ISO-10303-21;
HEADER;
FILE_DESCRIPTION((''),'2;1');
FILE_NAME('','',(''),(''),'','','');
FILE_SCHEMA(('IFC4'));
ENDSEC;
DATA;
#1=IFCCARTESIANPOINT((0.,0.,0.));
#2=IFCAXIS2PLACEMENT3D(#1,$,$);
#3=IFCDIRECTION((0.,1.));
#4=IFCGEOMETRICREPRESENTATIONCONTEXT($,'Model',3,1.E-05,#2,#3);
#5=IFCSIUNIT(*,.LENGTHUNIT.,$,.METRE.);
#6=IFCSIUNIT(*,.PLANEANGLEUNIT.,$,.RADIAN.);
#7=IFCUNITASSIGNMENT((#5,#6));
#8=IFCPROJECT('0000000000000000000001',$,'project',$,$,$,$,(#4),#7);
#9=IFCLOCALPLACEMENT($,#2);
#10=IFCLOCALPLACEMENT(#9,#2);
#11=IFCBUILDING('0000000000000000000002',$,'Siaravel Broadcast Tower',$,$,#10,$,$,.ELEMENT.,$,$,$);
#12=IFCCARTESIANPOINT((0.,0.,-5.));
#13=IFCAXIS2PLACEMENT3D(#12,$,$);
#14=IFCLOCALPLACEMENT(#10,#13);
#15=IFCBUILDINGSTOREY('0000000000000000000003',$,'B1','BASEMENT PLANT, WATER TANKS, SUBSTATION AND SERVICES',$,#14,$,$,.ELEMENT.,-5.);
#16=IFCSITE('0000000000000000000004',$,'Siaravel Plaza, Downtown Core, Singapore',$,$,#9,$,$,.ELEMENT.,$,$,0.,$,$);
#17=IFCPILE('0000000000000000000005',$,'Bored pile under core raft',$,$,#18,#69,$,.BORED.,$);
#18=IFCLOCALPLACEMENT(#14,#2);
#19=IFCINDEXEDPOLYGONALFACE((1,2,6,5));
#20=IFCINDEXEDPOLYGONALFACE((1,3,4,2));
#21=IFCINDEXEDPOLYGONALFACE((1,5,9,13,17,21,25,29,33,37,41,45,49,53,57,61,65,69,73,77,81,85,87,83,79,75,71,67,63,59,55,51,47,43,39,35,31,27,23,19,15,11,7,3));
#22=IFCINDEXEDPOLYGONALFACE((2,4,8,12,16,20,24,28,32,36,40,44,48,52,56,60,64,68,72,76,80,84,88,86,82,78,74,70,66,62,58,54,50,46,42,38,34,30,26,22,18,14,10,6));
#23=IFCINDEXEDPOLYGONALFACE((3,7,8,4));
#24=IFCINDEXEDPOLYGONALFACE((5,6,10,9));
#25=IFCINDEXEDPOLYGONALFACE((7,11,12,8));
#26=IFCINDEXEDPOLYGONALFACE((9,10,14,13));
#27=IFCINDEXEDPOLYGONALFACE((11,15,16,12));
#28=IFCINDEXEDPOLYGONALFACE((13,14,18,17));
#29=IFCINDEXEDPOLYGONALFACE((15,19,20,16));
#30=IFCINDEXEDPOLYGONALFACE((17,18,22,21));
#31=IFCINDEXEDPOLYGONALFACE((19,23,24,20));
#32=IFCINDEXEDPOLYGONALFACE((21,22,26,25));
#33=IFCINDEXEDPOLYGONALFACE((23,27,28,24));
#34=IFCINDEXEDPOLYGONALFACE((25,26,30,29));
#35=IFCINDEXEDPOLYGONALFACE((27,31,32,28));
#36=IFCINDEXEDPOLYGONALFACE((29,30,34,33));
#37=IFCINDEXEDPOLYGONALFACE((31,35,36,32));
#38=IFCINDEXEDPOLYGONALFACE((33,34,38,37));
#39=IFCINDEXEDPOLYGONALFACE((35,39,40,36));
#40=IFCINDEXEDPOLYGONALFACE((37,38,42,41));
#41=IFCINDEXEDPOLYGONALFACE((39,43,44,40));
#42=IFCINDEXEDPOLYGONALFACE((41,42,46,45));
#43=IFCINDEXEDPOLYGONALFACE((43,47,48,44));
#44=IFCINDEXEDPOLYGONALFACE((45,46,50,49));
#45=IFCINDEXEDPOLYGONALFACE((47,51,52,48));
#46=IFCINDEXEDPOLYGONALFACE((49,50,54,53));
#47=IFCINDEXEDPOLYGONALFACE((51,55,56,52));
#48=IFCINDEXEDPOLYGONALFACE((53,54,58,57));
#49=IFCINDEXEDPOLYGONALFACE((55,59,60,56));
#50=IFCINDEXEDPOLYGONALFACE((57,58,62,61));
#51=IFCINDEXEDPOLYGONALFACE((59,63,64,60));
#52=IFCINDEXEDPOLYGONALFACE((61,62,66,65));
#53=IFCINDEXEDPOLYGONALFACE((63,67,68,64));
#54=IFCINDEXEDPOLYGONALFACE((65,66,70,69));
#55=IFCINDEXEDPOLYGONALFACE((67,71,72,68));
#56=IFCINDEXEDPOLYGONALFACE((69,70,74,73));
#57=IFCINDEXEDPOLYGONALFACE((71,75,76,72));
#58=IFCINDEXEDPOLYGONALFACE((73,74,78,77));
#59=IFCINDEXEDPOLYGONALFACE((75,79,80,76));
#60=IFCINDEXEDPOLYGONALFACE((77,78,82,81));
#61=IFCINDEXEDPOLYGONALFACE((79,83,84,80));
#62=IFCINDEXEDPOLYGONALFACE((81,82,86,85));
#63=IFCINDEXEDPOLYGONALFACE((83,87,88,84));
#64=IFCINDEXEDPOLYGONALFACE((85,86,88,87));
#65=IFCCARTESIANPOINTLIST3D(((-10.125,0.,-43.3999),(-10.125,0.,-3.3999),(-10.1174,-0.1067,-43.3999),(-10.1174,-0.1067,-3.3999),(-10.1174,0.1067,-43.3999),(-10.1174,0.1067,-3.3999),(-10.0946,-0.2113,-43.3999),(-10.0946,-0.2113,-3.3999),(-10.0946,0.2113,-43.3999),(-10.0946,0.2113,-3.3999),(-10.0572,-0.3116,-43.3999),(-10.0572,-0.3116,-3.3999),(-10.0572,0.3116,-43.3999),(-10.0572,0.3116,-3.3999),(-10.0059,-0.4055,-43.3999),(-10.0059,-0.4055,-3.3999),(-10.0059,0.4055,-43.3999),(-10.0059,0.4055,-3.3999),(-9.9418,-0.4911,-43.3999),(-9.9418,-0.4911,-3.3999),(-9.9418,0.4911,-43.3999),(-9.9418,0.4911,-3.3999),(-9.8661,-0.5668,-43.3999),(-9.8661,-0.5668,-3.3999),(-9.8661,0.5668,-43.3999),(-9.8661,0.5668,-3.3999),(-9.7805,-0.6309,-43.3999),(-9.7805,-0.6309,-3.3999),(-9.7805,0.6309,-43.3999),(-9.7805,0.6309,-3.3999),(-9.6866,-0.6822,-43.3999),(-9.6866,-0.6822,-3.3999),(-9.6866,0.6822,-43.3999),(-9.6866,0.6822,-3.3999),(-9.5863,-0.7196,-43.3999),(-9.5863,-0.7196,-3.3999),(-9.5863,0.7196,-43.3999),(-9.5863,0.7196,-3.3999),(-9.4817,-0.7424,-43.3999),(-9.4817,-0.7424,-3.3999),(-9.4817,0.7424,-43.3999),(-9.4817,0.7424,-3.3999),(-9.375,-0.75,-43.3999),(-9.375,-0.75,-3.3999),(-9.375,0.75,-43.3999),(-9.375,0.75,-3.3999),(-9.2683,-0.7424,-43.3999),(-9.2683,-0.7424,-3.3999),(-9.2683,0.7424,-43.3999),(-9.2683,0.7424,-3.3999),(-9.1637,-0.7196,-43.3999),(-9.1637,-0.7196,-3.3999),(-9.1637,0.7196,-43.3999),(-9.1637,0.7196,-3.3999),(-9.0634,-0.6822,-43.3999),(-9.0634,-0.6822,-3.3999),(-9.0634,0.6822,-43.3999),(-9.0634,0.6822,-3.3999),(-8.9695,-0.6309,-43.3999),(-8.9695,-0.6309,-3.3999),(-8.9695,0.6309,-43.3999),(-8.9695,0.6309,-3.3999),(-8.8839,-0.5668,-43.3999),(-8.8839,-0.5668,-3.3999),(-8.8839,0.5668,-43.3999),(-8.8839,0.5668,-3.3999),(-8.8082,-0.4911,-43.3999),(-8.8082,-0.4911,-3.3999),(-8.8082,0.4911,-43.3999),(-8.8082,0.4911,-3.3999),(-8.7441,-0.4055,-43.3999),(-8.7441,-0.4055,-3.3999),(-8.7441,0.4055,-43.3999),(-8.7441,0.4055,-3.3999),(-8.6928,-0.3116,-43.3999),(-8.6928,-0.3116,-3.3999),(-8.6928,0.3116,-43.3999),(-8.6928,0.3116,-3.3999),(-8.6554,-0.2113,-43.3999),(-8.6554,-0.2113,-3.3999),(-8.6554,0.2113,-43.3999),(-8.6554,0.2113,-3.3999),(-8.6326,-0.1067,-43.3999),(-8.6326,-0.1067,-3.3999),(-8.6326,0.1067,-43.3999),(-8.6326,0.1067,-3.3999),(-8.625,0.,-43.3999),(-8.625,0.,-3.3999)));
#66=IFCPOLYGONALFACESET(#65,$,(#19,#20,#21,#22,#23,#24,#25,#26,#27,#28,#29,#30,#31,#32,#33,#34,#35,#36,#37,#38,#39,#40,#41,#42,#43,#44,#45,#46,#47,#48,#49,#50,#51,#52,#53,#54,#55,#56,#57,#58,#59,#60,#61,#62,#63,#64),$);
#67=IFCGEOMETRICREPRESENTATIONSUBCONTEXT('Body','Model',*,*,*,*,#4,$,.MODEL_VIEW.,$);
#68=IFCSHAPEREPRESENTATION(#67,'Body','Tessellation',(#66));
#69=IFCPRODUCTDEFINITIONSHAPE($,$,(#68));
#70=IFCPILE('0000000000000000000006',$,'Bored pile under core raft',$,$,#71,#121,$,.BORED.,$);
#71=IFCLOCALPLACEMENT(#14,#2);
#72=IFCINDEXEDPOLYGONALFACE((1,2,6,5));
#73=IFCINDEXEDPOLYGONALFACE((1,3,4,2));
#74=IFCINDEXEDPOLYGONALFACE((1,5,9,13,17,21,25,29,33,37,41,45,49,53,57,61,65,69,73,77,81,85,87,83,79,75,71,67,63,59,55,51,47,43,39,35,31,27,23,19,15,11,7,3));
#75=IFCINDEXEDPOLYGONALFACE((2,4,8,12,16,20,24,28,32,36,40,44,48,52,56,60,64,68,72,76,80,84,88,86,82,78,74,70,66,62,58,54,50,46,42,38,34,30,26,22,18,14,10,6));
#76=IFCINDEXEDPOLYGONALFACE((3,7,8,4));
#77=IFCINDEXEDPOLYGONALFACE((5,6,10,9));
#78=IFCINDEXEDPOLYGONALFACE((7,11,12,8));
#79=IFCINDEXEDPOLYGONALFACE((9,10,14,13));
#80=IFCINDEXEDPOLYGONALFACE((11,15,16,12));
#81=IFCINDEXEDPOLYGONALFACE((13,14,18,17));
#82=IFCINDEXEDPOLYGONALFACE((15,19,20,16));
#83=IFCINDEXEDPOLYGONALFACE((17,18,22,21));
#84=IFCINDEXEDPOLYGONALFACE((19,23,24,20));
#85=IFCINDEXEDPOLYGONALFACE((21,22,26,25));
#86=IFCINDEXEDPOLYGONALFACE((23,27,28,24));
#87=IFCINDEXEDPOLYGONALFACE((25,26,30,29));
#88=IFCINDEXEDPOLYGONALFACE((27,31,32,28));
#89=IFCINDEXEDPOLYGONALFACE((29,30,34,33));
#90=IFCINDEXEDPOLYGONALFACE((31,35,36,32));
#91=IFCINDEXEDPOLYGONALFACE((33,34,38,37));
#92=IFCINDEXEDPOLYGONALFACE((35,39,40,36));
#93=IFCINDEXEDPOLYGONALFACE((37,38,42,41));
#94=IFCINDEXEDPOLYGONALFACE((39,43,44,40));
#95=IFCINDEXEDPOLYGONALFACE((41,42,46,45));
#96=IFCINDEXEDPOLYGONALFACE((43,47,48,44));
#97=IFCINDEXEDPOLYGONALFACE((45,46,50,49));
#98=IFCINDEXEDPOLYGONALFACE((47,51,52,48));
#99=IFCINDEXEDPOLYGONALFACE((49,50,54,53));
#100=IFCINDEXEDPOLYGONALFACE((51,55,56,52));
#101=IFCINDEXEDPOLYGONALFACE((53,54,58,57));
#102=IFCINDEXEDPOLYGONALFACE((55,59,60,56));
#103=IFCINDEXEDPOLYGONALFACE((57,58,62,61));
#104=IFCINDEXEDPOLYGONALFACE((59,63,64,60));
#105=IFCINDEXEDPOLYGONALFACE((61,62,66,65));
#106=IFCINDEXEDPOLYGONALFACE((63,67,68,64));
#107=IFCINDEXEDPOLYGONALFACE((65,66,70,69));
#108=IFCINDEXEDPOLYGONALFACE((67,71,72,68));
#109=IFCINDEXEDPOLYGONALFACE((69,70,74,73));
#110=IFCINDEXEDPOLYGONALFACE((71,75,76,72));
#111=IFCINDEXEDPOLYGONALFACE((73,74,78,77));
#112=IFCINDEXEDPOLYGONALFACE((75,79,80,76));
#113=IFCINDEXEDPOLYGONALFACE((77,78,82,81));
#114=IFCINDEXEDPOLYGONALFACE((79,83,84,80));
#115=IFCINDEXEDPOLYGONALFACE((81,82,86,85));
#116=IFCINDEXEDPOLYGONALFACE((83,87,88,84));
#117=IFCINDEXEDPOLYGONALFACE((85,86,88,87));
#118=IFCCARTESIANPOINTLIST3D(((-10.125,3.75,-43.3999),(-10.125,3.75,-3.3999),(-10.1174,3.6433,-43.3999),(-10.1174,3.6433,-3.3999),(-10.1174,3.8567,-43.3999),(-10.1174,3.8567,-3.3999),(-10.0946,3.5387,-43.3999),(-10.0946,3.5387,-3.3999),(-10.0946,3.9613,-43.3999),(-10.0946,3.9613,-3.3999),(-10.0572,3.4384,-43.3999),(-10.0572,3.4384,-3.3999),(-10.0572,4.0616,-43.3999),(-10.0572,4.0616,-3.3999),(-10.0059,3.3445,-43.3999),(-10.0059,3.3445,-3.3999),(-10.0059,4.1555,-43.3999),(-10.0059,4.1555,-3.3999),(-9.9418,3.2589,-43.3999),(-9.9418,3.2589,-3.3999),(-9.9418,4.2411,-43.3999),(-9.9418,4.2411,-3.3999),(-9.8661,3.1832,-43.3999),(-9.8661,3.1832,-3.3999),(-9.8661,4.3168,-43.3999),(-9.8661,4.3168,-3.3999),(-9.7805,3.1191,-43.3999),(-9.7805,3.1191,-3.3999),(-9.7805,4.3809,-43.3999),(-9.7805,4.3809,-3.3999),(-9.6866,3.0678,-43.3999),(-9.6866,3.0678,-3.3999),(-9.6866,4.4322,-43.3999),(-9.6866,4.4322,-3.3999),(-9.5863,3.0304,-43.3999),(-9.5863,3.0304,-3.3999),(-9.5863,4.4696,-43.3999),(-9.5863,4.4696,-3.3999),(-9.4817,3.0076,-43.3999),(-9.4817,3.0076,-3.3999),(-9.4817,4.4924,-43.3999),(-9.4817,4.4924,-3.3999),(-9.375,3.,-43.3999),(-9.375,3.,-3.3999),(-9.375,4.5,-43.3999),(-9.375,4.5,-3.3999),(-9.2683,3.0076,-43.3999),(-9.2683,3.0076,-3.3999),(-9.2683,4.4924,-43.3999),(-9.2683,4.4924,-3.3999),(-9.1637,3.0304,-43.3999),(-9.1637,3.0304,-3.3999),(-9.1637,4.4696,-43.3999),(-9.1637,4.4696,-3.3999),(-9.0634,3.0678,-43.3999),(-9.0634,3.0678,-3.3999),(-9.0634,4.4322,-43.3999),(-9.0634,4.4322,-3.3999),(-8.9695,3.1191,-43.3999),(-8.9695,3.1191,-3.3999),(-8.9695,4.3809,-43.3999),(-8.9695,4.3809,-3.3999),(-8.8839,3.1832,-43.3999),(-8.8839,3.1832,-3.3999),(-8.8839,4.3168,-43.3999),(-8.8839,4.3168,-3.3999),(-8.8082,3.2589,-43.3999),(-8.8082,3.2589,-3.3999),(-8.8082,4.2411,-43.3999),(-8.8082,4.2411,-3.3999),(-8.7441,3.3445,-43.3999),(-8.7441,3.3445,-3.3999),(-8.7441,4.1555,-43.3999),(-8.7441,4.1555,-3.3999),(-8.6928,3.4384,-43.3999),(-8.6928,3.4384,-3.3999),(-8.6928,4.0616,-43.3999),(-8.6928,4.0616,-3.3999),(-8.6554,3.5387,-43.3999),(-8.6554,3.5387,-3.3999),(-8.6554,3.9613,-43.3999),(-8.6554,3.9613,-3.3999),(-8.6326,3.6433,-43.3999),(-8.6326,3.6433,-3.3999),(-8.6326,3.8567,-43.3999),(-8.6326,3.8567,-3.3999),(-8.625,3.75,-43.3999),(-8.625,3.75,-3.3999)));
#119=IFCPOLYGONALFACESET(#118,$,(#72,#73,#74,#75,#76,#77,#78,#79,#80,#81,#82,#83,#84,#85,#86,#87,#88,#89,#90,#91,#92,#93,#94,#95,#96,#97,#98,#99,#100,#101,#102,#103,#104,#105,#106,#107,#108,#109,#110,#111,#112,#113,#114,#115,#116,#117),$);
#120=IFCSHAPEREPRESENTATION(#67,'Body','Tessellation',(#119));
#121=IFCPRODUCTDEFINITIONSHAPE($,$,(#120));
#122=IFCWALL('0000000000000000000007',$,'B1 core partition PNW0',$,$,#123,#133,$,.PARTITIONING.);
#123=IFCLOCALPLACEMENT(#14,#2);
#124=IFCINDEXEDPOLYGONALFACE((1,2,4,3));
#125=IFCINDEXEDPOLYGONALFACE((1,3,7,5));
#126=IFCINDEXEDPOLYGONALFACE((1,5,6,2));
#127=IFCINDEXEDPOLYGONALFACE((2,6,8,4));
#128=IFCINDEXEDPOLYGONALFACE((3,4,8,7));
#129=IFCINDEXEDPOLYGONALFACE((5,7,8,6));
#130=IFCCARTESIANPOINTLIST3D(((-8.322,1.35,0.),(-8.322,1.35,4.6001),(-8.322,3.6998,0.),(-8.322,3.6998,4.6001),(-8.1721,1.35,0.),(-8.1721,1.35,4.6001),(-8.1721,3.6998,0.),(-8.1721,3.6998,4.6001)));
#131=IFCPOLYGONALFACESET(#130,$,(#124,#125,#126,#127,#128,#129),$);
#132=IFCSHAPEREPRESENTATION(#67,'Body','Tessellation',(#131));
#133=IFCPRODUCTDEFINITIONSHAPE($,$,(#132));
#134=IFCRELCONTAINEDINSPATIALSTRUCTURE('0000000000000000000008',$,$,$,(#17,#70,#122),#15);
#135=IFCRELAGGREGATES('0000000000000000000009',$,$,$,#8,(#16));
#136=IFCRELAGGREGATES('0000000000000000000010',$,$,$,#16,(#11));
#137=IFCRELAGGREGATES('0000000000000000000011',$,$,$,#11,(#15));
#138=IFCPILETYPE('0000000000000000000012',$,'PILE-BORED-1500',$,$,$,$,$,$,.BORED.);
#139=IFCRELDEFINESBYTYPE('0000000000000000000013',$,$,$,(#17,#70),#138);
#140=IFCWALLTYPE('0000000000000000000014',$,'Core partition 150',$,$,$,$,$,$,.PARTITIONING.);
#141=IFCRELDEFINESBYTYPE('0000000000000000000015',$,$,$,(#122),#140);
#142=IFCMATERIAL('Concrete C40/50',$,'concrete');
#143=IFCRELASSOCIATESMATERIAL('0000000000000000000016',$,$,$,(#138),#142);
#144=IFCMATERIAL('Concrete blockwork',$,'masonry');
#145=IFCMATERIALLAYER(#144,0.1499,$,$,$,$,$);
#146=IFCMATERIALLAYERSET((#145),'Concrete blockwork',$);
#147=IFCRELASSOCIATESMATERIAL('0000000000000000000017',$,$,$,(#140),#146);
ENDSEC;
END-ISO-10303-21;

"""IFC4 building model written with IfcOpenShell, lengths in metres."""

from ifc_helpers import new_model, si_unit, direction, frame, frame_2d, origin, origin_2d, place, context, subcontext, project, spatial, rectangle, circle, extrude, material, layer, layer_set, material_profile, profile_set, type_object, element, save


model = new_model("IFC4")

# Units and contexts
model_context = context("Model", 3, precision=1e-05, world=origin(), true_north=direction((0.0, 1.0)))
body_context = subcontext(model_context, "Body", "Model", "MODEL_VIEW")
ifc_project = project(units=[si_unit("LENGTHUNIT", "METRE"), si_unit("PLANEANGLEUNIT", "RADIAN")], contexts=[model_context])

# Site, building, storey
site_placement = place(None, origin())
site = spatial("IfcSite", under=ifc_project, at=site_placement, Name="Siaravel Plaza, Downtown Core, Singapore", CompositionType="ELEMENT", RefElevation=0.0)
building_placement = place(site_placement, origin())
building = spatial("IfcBuilding", under=site, at=building_placement, Name="Siaravel Broadcast Tower", CompositionType="ELEMENT")
storey_placement = place(building_placement, frame((0.0, 0.0, -5.0)))
storey = spatial("IfcBuildingStorey", under=building, at=storey_placement, Name="B1", Description="BASEMENT PLANT, WATER TANKS, SUBSTATION AND SERVICES", CompositionType="ELEMENT", Elevation=-5.0)

# Piles
ifc_material_1 = material(Name="Concrete C40/50", Category="concrete")
ifc_material_profile = material_profile(ifc_material_1, circle(Radius=0.75, at=origin_2d()))
ifc_profile_set = profile_set([ifc_material_profile], Name="Concrete C40/50")
pile_type = type_object("IfcPileType", Name="PILE-BORED-1500", PredefinedType="BORED", material=ifc_profile_set)
for number, where, z_axis, x_axis, name in (
    (1, (-9.375, 0.0, -3.3999), (0.0, 0.0, -1.0), (1.0, 0.0, 0.0), "Bored pile under core raft"),
    (2, (-9.375, 3.75, -3.3999), (0.0, 0.0, -1.0), (1.0, 0.0, 0.0), "Bored pile under core raft"),
):
    element("IfcPile", number, at=place(storey_placement, frame(where, z_axis=z_axis, x_axis=x_axis)), inside=storey, type_object=pile_type, Name=name, PredefinedType="BORED", context=body_context, shape_type="SweptSolid", body=[
        extrude(circle(Radius=0.75, at=origin_2d()), origin(), (0.0, 0.0, 1.0), 40.0),
    ])

# Wall
ifc_material_2 = material(Name="Concrete blockwork", Category="masonry")
ifc_layer_1 = layer(ifc_material_2, 0.1499)
ifc_layer_set_1 = layer_set([ifc_layer_1], Name="Concrete blockwork")
wall_type_1 = type_object("IfcWallType", Name="Core partition 150", PredefinedType="PARTITIONING", material=ifc_layer_set_1)
wall_1_placement = place(storey_placement, frame((-8.2471, 1.3501, 0.0), z_axis=(0.0, 0.0, 1.0), x_axis=(0.0, 1.0, 0.0)))
element("IfcWall", 3, at=wall_1_placement, inside=storey, type_object=wall_type_1, Name="B1 core partition PNW0", PredefinedType="PARTITIONING", context=body_context, shape_type="SweptSolid", body=[
    extrude(rectangle(XDim=2.3499, YDim=0.1499, at=frame_2d((1.1748, 0.0))), origin(), (0.0, 0.0, 1.0), 4.6001),
])

save(model, "model.ifc")
